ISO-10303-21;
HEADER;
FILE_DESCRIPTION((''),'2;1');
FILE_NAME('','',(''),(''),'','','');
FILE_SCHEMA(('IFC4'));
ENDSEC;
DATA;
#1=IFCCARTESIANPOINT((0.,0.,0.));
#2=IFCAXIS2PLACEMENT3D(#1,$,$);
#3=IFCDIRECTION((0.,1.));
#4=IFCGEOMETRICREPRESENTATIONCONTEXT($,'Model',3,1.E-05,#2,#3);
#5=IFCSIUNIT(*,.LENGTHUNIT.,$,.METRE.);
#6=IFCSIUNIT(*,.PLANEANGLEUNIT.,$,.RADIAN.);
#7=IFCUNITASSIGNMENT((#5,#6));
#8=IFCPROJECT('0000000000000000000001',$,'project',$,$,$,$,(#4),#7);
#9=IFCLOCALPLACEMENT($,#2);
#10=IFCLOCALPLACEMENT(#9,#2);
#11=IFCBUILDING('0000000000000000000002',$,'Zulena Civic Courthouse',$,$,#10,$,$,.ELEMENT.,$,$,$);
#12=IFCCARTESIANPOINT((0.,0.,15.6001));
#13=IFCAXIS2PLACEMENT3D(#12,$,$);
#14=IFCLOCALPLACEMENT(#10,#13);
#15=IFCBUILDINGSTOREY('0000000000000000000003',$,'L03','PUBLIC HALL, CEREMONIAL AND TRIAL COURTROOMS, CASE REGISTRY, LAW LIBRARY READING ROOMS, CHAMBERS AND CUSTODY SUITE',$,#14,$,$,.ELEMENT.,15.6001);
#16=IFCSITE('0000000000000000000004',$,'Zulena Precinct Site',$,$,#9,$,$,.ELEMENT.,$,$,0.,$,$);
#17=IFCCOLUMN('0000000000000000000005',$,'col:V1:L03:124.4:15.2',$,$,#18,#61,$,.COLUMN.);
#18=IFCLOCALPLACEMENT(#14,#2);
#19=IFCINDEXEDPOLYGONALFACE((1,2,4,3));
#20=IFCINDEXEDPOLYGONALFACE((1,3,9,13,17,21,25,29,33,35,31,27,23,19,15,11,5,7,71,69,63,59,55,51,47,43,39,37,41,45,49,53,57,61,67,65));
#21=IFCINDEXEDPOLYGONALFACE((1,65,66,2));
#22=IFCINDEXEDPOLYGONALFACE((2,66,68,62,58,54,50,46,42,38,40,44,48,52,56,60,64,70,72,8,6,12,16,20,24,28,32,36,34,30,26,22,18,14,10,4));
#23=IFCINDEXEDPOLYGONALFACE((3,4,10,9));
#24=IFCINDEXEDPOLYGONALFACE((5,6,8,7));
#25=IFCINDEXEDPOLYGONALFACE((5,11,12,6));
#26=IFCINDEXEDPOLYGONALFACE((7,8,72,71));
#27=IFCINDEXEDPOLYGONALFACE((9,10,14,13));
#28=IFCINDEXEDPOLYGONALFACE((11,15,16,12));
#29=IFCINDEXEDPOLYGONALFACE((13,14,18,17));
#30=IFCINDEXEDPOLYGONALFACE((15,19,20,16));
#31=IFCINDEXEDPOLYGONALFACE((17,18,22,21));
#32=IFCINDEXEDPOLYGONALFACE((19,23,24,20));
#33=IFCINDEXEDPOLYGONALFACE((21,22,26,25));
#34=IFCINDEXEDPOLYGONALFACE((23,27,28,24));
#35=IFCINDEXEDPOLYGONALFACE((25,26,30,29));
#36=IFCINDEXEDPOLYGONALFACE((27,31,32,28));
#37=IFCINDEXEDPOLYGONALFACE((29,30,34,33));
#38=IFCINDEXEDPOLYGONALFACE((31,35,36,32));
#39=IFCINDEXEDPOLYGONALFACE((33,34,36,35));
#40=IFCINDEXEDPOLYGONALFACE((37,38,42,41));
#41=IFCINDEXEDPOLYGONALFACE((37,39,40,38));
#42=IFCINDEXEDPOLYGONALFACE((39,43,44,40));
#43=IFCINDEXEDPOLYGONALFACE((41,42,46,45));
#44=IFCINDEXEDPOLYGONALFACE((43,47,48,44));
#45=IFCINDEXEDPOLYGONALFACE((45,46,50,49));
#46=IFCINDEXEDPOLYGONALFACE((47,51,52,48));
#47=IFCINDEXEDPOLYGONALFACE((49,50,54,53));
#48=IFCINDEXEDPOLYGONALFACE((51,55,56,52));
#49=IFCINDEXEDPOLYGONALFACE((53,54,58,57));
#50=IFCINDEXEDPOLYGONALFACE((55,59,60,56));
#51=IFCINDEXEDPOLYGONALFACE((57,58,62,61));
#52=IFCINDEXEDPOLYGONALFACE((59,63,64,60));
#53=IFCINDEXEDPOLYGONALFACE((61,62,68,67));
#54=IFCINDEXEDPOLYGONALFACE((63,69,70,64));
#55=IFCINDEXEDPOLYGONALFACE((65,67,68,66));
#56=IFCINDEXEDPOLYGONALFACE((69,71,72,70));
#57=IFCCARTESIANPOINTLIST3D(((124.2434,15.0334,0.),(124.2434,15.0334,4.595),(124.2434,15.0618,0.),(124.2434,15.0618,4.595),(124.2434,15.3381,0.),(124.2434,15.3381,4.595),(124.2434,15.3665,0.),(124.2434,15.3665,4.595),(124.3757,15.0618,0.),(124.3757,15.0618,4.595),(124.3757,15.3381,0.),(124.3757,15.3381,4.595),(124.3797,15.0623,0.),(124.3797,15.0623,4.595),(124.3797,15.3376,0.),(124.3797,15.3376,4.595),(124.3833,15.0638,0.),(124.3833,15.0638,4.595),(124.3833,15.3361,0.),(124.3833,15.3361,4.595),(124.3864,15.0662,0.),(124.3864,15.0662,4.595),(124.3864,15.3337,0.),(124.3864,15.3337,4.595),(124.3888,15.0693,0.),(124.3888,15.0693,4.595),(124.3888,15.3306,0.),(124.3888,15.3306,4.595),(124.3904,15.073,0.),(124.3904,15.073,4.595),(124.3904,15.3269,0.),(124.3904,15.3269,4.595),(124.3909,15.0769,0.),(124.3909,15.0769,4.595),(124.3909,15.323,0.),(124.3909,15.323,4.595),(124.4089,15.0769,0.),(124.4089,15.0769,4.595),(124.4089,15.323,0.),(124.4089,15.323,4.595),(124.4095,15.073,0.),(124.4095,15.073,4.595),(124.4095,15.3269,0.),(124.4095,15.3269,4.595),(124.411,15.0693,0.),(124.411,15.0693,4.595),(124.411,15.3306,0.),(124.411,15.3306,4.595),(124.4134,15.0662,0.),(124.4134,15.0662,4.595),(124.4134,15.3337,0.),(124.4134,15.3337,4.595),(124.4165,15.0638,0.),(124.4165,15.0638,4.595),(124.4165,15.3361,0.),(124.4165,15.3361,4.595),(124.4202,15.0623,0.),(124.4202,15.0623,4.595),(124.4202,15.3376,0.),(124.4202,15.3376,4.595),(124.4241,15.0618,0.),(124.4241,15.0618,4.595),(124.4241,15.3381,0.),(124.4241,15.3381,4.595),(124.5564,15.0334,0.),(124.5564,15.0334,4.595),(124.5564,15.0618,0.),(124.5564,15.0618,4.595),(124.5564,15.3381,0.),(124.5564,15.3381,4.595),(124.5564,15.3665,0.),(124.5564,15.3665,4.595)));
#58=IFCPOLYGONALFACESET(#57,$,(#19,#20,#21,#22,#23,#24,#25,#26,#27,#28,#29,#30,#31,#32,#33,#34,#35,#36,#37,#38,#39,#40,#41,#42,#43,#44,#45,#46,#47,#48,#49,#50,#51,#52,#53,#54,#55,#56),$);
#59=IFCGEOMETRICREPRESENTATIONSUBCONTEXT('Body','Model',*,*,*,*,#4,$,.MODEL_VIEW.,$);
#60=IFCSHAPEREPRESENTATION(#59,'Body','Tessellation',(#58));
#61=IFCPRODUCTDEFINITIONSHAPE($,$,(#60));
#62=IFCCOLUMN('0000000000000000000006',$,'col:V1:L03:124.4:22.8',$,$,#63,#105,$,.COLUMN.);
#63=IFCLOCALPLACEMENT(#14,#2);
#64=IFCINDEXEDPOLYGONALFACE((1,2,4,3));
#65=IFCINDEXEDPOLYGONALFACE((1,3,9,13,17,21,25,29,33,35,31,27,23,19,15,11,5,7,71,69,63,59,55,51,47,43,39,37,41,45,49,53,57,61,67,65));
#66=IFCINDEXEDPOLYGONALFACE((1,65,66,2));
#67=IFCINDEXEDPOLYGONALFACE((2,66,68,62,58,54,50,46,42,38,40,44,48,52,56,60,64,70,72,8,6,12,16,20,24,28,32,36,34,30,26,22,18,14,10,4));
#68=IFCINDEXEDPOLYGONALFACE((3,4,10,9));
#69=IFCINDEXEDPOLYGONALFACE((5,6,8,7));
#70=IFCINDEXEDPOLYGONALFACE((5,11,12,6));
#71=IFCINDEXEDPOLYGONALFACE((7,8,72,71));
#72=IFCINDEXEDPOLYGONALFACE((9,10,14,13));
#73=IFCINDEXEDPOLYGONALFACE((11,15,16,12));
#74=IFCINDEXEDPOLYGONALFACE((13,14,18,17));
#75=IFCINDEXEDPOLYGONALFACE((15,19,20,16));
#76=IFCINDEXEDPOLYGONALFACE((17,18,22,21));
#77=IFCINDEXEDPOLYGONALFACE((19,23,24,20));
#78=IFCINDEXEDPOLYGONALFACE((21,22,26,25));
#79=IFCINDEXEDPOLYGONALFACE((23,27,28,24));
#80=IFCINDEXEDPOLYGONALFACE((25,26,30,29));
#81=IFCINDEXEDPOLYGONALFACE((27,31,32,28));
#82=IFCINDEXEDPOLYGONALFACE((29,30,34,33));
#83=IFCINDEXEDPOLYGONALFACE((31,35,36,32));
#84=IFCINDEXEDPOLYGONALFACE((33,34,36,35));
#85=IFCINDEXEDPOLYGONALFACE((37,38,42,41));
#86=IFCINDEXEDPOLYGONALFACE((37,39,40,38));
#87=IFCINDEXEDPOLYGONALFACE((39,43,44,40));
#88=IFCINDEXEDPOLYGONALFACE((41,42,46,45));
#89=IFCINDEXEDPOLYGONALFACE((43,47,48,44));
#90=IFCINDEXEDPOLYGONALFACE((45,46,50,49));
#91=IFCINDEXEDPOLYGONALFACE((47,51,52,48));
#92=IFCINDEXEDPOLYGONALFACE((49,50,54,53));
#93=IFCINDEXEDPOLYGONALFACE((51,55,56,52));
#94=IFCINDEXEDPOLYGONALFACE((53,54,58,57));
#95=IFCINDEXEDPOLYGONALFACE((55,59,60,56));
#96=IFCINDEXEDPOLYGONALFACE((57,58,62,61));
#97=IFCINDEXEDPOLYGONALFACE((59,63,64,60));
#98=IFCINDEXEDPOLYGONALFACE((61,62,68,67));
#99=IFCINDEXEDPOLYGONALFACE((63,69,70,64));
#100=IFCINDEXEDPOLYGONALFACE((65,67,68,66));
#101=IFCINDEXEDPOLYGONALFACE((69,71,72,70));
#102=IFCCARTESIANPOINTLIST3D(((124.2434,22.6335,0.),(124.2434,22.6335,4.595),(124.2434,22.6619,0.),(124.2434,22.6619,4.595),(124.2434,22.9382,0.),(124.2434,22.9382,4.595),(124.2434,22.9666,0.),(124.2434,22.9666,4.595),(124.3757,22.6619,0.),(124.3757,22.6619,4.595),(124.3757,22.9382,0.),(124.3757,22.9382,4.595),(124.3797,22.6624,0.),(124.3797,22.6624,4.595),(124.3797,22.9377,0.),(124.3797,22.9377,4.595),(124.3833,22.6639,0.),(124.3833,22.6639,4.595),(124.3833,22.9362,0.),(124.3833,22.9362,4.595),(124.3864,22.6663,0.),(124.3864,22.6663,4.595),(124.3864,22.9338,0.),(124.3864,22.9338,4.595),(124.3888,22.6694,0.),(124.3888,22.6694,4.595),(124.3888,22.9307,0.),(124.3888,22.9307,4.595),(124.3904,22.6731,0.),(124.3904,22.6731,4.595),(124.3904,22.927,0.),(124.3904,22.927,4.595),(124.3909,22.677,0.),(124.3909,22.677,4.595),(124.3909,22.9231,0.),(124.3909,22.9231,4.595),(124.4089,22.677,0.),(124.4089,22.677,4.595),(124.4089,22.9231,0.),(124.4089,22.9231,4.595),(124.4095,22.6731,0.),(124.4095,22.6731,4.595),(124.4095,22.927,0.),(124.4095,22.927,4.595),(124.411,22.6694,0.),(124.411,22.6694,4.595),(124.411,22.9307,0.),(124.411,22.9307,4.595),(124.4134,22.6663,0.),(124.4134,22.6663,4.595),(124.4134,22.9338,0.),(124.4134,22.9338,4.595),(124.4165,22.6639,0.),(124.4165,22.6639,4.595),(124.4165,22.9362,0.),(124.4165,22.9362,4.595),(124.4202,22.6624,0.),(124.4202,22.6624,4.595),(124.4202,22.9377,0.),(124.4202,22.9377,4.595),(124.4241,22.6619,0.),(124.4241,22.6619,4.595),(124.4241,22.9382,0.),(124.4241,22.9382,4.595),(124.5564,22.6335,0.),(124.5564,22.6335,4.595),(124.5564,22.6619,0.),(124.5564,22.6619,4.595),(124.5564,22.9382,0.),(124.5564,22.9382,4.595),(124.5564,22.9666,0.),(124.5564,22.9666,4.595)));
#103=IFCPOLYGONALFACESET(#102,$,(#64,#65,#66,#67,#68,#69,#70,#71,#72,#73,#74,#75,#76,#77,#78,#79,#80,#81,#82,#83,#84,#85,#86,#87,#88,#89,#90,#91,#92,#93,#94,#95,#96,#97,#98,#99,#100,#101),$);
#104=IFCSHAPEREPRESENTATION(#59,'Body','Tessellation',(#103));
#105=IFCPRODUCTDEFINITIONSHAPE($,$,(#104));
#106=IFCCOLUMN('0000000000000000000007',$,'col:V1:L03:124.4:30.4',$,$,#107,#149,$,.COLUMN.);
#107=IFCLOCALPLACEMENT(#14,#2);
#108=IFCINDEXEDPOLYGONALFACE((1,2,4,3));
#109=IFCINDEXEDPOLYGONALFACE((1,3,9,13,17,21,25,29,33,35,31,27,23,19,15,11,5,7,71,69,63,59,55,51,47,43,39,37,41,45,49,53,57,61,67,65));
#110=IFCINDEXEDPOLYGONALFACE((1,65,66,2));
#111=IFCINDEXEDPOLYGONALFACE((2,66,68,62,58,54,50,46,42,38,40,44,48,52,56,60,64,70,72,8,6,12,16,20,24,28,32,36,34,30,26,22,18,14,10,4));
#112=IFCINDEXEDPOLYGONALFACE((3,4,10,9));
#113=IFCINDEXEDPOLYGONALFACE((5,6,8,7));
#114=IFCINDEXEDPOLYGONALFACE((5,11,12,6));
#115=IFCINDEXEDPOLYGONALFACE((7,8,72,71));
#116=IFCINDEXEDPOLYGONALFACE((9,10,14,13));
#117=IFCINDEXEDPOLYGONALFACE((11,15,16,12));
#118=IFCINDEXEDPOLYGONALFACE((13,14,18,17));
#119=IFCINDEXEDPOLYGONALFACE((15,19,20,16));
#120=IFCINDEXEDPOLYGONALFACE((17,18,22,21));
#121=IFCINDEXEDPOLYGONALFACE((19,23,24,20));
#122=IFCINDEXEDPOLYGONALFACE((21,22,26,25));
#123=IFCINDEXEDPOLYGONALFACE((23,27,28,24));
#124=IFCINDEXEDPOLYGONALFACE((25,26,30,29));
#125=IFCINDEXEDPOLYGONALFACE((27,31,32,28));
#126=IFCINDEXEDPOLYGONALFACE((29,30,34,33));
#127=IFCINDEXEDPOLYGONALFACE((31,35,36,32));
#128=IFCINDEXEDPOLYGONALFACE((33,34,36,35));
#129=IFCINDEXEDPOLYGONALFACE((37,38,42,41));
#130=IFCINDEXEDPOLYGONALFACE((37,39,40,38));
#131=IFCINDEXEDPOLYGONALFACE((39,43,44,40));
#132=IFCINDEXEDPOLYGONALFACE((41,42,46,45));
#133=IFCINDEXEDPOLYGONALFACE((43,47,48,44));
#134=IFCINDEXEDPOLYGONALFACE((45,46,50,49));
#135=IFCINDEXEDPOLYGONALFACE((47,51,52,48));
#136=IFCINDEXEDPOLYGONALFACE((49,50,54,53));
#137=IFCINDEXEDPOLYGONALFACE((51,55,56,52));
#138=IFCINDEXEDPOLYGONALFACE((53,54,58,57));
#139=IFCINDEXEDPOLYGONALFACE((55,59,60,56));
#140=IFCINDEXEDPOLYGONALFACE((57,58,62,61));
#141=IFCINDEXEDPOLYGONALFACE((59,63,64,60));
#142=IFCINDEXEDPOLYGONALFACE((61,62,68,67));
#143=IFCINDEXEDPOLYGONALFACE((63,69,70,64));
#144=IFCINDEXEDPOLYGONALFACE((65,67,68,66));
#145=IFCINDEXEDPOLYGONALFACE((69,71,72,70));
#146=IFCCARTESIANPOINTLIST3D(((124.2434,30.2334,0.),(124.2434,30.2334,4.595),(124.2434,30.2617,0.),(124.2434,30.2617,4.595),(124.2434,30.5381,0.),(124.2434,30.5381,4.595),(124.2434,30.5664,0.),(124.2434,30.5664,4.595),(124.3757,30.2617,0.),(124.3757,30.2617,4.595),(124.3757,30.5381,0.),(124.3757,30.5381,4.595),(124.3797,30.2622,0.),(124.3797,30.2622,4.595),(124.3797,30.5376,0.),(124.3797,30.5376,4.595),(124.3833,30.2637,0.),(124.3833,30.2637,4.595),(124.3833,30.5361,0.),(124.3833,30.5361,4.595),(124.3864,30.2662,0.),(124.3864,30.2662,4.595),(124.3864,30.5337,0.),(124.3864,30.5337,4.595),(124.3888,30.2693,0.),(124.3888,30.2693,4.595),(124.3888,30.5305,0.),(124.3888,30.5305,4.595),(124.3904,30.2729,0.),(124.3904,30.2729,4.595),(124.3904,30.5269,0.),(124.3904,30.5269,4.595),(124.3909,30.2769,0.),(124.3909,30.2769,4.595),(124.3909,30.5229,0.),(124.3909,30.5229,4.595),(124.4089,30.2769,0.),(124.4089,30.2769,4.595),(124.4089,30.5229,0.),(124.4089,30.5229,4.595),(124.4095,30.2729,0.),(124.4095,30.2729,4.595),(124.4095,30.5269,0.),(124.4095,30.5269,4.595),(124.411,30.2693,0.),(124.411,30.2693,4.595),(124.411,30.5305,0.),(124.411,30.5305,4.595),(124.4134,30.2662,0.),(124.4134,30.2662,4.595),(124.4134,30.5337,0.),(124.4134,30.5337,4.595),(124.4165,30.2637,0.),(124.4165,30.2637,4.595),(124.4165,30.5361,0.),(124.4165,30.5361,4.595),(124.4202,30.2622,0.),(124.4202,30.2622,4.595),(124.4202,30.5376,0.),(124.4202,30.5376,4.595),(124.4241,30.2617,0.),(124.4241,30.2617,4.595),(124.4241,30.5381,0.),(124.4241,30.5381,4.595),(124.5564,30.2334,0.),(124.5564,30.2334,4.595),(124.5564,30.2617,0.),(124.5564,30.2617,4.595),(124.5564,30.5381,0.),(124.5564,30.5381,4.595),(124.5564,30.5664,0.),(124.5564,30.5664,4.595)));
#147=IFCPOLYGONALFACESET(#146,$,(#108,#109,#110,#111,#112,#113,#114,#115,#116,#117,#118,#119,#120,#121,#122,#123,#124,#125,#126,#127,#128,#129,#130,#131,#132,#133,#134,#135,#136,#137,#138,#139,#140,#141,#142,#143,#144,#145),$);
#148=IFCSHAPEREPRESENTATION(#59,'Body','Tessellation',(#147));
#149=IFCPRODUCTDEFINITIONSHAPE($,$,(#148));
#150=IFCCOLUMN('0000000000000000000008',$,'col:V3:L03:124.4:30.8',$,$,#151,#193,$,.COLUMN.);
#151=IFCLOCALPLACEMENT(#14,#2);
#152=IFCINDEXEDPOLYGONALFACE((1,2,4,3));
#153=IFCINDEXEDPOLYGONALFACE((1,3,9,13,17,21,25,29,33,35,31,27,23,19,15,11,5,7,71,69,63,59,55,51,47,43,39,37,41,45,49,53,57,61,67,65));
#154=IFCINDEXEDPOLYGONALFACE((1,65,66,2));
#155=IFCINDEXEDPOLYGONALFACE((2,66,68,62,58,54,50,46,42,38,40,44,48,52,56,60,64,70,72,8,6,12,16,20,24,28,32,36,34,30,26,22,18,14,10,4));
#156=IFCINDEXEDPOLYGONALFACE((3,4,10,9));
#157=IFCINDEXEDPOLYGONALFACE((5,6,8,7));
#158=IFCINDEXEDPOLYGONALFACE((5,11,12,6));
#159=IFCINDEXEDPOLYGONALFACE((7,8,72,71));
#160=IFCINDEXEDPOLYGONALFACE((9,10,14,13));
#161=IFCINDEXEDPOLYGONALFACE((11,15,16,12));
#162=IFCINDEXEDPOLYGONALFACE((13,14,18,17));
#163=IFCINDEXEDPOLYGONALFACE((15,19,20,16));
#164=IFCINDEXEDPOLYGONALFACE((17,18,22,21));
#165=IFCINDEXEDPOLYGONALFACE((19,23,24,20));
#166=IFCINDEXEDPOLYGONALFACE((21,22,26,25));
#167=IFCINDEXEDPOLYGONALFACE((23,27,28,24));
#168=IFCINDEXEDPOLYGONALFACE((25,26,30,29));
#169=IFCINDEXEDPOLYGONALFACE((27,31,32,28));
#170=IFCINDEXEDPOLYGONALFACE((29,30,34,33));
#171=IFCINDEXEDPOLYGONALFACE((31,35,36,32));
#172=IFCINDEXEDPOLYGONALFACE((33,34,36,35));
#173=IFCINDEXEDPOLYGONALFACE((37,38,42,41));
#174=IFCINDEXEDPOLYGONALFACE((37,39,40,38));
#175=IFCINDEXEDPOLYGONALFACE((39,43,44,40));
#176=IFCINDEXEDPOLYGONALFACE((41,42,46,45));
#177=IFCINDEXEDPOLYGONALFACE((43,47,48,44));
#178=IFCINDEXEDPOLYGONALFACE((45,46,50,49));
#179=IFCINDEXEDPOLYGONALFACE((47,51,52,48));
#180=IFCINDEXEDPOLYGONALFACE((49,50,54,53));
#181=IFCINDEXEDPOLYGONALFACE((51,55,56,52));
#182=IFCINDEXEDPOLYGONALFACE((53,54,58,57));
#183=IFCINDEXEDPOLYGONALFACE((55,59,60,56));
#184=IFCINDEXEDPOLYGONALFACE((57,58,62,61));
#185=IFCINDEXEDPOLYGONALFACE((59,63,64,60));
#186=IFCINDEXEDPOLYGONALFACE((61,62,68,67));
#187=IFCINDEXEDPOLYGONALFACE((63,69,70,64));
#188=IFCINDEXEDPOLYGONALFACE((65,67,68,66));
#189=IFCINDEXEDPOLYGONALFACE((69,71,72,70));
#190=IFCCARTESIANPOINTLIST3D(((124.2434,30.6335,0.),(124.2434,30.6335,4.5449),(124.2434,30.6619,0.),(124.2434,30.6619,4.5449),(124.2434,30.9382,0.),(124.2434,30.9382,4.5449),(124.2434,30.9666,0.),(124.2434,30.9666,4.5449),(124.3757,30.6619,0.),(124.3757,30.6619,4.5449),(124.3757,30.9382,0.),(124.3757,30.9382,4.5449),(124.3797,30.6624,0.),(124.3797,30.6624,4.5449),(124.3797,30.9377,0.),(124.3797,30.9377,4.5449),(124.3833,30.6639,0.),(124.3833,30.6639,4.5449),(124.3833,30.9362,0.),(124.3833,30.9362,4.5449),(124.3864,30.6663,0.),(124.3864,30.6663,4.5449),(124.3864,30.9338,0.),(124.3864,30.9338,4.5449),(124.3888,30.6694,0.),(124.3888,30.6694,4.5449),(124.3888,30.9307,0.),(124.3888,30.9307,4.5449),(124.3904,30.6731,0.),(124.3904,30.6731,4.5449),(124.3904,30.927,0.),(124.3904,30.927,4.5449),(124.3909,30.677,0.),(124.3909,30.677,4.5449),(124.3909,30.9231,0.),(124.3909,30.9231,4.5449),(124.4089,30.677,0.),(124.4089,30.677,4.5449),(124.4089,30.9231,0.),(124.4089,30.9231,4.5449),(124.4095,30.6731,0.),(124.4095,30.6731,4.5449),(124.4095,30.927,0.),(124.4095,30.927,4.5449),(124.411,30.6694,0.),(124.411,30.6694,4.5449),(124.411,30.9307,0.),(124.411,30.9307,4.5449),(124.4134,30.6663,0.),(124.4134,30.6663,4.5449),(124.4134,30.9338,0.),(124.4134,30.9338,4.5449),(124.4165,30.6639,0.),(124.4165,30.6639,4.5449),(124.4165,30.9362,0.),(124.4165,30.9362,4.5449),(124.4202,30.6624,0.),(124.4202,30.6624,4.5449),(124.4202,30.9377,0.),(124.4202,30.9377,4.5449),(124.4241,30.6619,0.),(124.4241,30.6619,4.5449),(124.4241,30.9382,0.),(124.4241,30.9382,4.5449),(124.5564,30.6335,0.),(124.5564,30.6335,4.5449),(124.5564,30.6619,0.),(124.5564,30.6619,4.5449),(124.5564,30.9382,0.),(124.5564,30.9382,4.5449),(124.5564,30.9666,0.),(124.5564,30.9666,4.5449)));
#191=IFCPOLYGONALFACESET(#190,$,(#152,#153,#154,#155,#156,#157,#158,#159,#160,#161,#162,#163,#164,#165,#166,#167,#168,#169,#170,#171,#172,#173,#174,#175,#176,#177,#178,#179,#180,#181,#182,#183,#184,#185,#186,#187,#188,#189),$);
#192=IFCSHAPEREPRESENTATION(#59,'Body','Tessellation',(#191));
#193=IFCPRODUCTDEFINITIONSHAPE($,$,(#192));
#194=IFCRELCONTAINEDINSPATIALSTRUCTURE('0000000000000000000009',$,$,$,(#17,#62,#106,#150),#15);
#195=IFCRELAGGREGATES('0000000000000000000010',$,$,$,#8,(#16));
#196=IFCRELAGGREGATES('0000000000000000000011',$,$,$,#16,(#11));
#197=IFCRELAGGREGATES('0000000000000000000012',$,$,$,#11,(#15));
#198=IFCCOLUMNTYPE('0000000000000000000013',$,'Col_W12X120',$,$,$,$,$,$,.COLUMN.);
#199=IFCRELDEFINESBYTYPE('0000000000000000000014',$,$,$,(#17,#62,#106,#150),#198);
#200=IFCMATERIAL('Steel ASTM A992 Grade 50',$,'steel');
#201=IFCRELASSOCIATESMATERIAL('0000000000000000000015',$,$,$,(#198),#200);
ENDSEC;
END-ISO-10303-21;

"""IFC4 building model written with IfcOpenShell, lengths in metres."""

from ifc_helpers import new_model, si_unit, direction, frame, origin, origin_2d, place, context, subcontext, project, spatial, i_section, extrude, material, material_profile, profile_set, type_object, element, save


model = new_model("IFC4")

# Units and contexts
model_context = context("Model", 3, precision=1e-05, world=origin(), true_north=direction((0.0, 1.0)))
body_context = subcontext(model_context, "Body", "Model", "MODEL_VIEW")
ifc_project = project(units=[si_unit("LENGTHUNIT", "METRE"), si_unit("PLANEANGLEUNIT", "RADIAN")], contexts=[model_context])

# Site, building, storey
site_placement = place(None, origin())
site = spatial("IfcSite", under=ifc_project, at=site_placement, Name="Zulena Precinct Site", CompositionType="ELEMENT", RefElevation=0.0)
building_placement = place(site_placement, origin())
building = spatial("IfcBuilding", under=site, at=building_placement, Name="Zulena Civic Courthouse", CompositionType="ELEMENT")
storey_placement = place(building_placement, frame((0.0, 0.0, 15.6001)))
storey = spatial("IfcBuildingStorey", under=building, at=storey_placement, Name="L03", Description="PUBLIC HALL, CEREMONIAL AND TRIAL COURTROOMS, CASE REGISTRY, LAW LIBRARY READING ROOMS, CHAMBERS AND CUSTODY SUITE", CompositionType="ELEMENT", Elevation=15.6001)

# Columns
ifc_material_1 = material(Name="Steel ASTM A992 Grade 50", Category="steel")
ifc_material_profile_1 = material_profile(ifc_material_1, i_section(OverallWidth=0.313, OverallDepth=0.333, WebThickness=0.0181, FlangeThickness=0.0283, FilletRadius=0.0151, at=origin_2d()), Name="W12X120")
ifc_profile_set_1 = profile_set([ifc_material_profile_1], Name="Steel ASTM A992 Grade 50")
column_type = type_object("IfcColumnType", Name="Col_W12X120", PredefinedType="COLUMN", material=ifc_profile_set_1)
for number, where, z_axis, x_axis, name in (
    (1, (124.3999, 15.2, 0.0), (0.0, 0.0, 1.0), (1.0, 0.0, 0.0), "col:V1:L03:124.4:15.2"),
    (2, (124.3999, 22.8, 0.0), (0.0, 0.0, 1.0), (1.0, 0.0, 0.0), "col:V1:L03:124.4:22.8"),
    (3, (124.3999, 30.3999, 0.0), (0.0, 0.0, 1.0), (1.0, 0.0, 0.0), "col:V1:L03:124.4:30.4"),
):
    element("IfcColumn", number, at=place(storey_placement, frame(where, z_axis=z_axis, x_axis=x_axis)), inside=storey, type_object=column_type, Name=name, PredefinedType="COLUMN", context=body_context, shape_type="SweptSolid", body=[
        extrude(i_section(OverallWidth=0.313, OverallDepth=0.333, WebThickness=0.0181, FlangeThickness=0.0283, FilletRadius=0.0151, at=origin_2d()), origin(), (0.0, 0.0, 1.0), 4.595),
    ])
column_placement = place(storey_placement, frame((124.3999, 30.8, 0.0), z_axis=(0.0, 0.0, 1.0), x_axis=(1.0, 0.0, 0.0)))
element("IfcColumn", 4, at=column_placement, inside=storey, type_object=column_type, Name="col:V3:L03:124.4:30.8", PredefinedType="COLUMN", context=body_context, shape_type="SweptSolid", body=[
    extrude(i_section(OverallWidth=0.313, OverallDepth=0.333, WebThickness=0.0181, FlangeThickness=0.0283, FilletRadius=0.0151, at=origin_2d()), origin(), (0.0, 0.0, 1.0), 4.5449),
])

save(model, "model.ifc")
